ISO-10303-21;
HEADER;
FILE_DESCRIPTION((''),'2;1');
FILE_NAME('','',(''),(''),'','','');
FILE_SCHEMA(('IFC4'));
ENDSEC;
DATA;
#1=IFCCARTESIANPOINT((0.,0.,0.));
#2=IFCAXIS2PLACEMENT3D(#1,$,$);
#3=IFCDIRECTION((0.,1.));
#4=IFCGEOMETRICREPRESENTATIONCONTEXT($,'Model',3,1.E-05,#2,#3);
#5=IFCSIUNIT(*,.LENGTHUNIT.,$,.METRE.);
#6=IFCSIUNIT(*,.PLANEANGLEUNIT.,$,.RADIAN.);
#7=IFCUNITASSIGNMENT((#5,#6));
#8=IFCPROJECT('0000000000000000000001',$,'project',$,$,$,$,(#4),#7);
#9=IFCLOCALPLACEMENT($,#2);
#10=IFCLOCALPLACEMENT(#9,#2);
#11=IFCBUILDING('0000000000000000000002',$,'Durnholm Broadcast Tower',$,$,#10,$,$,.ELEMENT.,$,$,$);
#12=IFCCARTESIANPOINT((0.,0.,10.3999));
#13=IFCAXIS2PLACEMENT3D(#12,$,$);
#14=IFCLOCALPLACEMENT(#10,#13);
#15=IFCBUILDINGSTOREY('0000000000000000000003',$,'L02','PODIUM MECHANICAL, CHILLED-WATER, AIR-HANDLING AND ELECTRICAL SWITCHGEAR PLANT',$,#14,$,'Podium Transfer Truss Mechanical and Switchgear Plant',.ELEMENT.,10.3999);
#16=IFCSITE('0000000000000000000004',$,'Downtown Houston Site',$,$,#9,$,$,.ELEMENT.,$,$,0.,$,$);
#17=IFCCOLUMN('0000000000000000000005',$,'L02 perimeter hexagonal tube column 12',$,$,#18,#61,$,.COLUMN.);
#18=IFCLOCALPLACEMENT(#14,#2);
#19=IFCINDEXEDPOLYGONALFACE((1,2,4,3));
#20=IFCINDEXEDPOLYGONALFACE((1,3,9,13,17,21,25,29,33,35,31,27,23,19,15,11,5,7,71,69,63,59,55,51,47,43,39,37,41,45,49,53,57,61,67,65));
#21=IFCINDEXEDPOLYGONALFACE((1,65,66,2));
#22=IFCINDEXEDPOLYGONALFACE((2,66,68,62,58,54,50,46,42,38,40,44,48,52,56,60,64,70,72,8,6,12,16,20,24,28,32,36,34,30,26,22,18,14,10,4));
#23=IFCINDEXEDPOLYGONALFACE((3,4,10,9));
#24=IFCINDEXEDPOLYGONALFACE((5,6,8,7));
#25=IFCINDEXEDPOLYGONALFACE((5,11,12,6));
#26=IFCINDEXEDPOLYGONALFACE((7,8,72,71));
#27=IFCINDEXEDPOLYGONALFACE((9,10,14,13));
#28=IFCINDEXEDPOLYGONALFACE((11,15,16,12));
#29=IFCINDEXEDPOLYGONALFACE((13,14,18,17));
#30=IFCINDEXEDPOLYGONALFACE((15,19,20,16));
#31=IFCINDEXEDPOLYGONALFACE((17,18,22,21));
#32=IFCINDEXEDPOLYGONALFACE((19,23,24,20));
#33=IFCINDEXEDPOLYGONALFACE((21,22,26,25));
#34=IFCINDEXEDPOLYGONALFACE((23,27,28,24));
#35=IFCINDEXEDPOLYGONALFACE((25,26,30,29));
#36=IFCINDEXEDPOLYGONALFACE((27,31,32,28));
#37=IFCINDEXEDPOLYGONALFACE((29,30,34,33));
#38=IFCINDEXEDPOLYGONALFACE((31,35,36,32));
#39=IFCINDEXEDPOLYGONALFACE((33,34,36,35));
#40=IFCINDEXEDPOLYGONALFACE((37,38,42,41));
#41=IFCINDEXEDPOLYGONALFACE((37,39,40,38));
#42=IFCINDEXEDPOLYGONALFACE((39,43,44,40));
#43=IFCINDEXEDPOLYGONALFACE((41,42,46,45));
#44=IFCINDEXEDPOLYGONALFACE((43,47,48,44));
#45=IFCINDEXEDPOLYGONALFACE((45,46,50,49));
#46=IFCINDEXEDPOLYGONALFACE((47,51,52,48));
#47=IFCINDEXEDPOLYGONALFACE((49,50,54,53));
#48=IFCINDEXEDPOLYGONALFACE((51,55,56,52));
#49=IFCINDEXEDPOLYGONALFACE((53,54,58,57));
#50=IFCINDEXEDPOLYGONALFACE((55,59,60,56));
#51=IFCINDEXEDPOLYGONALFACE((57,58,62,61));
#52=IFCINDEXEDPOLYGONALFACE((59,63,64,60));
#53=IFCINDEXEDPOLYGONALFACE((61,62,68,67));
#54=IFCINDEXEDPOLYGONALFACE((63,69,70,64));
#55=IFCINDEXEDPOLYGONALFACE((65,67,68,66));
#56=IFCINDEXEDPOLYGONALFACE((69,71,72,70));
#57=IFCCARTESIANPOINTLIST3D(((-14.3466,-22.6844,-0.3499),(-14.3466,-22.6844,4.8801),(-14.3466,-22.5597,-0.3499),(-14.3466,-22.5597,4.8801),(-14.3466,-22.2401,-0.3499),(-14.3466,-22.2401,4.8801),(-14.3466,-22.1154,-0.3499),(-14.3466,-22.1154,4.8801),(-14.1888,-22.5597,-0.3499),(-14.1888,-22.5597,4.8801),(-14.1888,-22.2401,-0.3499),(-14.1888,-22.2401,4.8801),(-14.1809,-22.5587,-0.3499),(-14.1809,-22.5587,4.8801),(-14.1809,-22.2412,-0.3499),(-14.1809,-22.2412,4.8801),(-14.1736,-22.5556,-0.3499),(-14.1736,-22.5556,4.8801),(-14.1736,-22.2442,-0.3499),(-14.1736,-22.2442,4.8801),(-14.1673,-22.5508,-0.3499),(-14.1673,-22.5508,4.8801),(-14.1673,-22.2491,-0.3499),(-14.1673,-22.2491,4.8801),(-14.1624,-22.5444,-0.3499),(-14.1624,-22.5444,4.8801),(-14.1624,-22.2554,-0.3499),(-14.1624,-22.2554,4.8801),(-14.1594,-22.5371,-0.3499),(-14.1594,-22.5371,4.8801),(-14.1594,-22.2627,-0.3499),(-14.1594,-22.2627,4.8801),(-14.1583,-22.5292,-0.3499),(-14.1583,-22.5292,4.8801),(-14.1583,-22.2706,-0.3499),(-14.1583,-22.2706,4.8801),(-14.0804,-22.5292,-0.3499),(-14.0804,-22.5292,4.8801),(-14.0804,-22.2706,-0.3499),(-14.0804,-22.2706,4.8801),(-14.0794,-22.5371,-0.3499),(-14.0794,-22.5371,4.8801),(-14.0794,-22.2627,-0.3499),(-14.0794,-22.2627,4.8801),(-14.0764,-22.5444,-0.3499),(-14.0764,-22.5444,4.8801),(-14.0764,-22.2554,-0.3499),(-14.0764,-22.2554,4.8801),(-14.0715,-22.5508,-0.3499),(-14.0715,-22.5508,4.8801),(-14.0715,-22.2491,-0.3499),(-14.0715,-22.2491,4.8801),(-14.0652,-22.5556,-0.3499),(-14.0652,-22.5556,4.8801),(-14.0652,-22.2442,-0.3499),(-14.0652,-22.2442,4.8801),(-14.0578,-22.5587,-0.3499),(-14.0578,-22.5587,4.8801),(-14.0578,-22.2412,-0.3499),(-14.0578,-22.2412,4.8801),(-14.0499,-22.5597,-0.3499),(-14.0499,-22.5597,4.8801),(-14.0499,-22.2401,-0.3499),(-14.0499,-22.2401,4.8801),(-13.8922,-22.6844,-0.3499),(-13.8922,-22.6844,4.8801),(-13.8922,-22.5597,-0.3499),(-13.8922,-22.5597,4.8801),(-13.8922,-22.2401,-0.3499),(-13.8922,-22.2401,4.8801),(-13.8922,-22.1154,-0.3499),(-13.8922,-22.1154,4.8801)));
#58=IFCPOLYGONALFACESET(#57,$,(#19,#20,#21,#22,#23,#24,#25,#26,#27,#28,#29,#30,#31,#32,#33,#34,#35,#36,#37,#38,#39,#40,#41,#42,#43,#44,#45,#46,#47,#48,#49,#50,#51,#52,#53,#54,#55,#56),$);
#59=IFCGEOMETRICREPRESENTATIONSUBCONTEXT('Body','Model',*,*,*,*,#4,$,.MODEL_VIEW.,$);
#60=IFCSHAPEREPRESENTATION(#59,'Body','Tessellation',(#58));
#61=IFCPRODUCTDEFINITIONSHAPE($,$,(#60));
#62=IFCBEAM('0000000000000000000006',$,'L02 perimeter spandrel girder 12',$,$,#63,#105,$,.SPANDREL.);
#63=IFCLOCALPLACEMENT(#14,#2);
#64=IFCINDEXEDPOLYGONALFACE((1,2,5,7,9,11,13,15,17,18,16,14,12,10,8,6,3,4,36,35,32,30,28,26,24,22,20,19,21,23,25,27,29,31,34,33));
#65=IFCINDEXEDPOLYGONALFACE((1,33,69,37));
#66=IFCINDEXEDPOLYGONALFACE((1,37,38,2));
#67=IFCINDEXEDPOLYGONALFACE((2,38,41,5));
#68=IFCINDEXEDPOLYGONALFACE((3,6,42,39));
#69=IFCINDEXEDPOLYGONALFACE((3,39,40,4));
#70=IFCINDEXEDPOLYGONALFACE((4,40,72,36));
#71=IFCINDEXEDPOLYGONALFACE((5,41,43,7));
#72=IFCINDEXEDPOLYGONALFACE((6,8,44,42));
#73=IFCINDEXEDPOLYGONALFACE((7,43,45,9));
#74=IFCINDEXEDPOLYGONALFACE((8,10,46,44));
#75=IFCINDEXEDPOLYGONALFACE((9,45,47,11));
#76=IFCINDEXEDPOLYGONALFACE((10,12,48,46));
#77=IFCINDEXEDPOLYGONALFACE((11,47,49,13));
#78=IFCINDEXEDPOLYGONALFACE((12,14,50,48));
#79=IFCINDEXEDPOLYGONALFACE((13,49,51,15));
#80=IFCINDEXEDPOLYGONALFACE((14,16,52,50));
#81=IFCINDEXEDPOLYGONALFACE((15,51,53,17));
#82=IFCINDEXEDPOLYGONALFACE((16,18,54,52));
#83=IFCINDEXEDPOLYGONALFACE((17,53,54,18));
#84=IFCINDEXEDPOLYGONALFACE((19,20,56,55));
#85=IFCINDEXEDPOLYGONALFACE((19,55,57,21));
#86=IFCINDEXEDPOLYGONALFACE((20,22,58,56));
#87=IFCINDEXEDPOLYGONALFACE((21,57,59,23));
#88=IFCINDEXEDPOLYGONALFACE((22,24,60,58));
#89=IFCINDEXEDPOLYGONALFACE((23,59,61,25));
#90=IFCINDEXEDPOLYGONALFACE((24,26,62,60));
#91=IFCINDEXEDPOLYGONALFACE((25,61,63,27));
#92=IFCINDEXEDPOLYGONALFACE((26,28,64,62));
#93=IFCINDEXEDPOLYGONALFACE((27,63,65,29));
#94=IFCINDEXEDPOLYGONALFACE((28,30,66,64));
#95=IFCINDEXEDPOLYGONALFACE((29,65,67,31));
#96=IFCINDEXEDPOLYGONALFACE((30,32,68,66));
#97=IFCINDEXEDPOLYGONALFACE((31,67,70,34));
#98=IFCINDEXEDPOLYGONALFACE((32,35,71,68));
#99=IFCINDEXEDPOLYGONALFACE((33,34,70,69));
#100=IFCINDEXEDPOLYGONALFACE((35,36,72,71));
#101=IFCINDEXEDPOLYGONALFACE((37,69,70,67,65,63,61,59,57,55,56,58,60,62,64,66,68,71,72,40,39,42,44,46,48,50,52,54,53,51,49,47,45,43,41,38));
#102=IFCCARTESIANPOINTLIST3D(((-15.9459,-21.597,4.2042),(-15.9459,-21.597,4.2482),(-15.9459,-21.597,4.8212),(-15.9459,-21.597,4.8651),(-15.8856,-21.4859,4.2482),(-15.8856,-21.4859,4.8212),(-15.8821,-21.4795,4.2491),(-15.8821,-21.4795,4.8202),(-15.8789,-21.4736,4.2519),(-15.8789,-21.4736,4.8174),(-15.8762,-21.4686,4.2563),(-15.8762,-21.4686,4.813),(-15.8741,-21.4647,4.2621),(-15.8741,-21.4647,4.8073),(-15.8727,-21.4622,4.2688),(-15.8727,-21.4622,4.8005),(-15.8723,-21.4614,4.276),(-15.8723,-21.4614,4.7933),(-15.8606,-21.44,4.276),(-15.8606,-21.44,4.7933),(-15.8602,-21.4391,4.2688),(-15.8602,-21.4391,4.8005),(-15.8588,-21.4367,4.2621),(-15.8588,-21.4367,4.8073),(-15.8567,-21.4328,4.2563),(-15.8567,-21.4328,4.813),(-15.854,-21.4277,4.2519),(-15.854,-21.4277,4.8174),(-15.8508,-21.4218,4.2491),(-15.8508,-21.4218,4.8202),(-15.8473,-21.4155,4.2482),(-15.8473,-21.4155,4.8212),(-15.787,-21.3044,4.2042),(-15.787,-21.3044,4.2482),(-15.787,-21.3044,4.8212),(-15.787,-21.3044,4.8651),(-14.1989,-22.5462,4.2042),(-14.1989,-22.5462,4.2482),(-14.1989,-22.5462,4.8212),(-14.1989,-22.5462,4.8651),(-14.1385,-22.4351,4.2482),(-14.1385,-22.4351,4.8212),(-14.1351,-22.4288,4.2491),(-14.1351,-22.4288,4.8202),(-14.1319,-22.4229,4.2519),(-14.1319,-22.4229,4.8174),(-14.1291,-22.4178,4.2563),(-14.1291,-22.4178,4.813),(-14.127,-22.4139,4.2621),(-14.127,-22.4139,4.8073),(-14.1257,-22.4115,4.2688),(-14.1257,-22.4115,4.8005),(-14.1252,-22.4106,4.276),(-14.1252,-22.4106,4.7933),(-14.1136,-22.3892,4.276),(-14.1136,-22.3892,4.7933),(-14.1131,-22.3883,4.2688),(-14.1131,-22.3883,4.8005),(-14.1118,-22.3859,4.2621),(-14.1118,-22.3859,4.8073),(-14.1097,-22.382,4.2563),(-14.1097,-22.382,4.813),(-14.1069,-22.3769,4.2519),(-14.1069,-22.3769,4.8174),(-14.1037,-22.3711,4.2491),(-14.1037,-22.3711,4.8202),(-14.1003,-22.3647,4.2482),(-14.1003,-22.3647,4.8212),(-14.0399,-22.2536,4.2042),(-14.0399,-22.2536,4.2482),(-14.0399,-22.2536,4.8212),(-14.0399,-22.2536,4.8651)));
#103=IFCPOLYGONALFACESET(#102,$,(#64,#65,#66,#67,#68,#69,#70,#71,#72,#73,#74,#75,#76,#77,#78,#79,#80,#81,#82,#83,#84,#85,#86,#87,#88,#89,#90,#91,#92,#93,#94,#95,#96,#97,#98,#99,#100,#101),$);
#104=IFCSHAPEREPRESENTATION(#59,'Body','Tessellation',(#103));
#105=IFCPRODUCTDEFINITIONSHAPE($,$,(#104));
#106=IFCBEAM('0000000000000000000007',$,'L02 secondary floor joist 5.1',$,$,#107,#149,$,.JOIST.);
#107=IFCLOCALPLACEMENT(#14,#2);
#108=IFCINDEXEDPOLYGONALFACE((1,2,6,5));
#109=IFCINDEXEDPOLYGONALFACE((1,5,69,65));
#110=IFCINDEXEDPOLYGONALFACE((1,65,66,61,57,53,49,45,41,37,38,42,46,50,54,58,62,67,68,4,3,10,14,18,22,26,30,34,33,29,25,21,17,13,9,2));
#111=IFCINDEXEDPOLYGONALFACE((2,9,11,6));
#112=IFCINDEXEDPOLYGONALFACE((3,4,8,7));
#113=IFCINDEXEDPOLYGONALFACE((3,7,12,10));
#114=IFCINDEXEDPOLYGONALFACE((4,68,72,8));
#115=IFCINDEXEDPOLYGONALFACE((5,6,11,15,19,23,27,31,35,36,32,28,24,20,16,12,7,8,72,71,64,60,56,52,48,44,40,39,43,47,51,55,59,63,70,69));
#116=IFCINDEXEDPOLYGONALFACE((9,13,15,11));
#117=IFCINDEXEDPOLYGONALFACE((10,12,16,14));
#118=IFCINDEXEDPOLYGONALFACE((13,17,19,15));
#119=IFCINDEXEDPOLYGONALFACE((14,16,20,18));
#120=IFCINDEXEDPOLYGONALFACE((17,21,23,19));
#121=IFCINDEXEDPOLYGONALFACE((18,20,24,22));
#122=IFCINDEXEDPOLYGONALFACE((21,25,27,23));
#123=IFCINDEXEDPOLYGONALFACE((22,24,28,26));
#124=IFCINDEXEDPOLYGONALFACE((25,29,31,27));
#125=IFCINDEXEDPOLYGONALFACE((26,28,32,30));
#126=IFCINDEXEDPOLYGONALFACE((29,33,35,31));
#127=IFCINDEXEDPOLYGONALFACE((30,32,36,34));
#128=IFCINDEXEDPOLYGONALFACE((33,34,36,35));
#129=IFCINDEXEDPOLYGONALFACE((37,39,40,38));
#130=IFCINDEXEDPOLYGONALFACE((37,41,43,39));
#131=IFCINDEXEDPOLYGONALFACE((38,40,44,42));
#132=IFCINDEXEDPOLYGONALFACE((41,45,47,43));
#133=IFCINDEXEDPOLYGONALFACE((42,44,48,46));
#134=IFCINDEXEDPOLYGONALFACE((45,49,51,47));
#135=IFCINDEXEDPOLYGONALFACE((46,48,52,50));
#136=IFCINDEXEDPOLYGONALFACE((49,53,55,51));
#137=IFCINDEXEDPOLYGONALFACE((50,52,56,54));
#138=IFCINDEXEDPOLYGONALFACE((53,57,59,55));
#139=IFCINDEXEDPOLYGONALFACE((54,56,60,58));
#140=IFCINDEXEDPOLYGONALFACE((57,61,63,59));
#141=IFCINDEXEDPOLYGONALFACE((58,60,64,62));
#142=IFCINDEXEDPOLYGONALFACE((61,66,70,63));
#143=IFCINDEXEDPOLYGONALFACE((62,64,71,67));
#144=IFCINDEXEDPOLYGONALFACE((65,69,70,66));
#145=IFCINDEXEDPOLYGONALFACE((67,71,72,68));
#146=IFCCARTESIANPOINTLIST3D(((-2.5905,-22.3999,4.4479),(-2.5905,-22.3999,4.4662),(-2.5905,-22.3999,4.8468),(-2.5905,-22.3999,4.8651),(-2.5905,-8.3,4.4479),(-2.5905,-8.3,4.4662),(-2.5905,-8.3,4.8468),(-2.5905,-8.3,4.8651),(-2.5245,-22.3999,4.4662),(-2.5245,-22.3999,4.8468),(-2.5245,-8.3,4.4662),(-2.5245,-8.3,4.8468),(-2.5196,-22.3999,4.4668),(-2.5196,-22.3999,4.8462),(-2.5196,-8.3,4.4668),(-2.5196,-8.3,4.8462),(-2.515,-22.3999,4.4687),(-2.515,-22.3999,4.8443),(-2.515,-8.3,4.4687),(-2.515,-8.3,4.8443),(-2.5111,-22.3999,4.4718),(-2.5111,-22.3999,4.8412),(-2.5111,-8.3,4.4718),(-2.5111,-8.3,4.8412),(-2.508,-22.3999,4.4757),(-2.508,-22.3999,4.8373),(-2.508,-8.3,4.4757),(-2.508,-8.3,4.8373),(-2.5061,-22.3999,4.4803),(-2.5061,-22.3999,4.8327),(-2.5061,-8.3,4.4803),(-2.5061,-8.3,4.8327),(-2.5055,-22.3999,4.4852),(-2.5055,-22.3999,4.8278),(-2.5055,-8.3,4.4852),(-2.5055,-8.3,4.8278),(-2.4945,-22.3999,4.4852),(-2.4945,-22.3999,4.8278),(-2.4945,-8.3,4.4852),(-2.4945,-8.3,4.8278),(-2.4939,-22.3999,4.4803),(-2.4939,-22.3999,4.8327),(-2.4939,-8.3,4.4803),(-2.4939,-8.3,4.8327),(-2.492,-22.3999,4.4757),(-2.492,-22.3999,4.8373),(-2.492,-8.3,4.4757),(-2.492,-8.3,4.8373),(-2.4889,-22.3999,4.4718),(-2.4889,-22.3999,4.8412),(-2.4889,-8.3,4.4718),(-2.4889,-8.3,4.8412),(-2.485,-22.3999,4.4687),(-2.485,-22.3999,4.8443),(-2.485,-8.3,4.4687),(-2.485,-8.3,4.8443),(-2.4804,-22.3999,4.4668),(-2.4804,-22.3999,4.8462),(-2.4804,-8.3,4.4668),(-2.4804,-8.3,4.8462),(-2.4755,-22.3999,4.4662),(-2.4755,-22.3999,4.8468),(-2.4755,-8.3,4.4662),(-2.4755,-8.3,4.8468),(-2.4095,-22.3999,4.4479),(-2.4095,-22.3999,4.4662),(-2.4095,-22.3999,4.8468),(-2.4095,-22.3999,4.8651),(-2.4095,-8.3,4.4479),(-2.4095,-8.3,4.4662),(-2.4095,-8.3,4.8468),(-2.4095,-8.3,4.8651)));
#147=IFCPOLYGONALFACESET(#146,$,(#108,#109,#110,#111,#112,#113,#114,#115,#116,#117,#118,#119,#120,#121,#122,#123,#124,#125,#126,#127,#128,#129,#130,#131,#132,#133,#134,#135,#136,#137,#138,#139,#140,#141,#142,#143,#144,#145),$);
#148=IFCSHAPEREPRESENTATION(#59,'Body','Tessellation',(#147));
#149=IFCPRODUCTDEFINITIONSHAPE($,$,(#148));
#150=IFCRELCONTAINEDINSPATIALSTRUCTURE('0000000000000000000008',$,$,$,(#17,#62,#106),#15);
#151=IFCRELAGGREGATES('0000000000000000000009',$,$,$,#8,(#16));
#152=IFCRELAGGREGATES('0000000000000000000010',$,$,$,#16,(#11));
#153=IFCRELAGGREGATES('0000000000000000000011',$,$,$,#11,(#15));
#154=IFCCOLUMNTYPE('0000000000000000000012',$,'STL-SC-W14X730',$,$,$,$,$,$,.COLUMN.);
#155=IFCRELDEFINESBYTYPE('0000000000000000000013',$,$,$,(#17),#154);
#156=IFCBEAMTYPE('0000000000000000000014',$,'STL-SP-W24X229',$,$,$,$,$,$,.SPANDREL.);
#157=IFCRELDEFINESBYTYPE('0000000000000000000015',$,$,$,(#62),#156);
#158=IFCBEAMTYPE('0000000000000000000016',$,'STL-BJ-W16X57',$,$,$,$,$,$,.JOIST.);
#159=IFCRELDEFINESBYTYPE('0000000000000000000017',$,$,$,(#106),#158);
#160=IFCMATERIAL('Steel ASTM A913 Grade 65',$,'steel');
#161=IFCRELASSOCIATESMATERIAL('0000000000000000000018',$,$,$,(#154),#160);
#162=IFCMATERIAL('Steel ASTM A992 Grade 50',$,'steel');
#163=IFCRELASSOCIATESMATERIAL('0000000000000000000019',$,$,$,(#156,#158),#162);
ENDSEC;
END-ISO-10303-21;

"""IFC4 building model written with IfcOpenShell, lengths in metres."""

from ifc_helpers import new_model, si_unit, direction, frame, origin, origin_2d, place, context, subcontext, project, spatial, i_section, extrude, source, transform, mapped, material, material_profile, profile_set, type_object, type_shapes, element, save


model = new_model("IFC4")

# Units and contexts
model_context = context("Model", 3, precision=1e-05, world=origin(), true_north=direction((0.0, 1.0)))
body_context = subcontext(model_context, "Body", "Model", "MODEL_VIEW")
ifc_project = project(units=[si_unit("LENGTHUNIT", "METRE"), si_unit("PLANEANGLEUNIT", "RADIAN")], contexts=[model_context])

# Site, building, storey
site_placement = place(None, origin())
site = spatial("IfcSite", under=ifc_project, at=site_placement, Name="Downtown Houston Site", CompositionType="ELEMENT", RefElevation=0.0)
building_placement = place(site_placement, origin())
building = spatial("IfcBuilding", under=site, at=building_placement, Name="Durnholm Broadcast Tower", CompositionType="ELEMENT")
storey_placement = place(building_placement, frame((0.0, 0.0, 10.3999)))
storey = spatial("IfcBuildingStorey", under=building, at=storey_placement, Name="L02", Description="PODIUM MECHANICAL, CHILLED-WATER, AIR-HANDLING AND ELECTRICAL SWITCHGEAR PLANT", LongName="Podium Transfer Truss Mechanical and Switchgear Plant", CompositionType="ELEMENT", Elevation=10.3999)

# Column
ifc_material_1 = material(Name="Steel ASTM A913 Grade 65", Category="steel")
ifc_material_profile_1 = material_profile(ifc_material_1, i_section(OverallWidth=0.4543, OverallDepth=0.5691, WebThickness=0.0779, FlangeThickness=0.1248, FilletRadius=0.0305, at=origin_2d()), Name="W14X730")
ifc_profile_set_1 = profile_set([ifc_material_profile_1], Name="Steel ASTM A913 Grade 65")
column_type = type_object("IfcColumnType", Name="STL-SC-W14X730", PredefinedType="COLUMN", material=ifc_profile_set_1)
shared_shape_1 = source(origin(), body_context, "Body", "SweptSolid", [
    extrude(i_section(OverallWidth=0.4543, OverallDepth=0.5691, WebThickness=0.0779, FlangeThickness=0.1248, FilletRadius=0.0305, at=origin_2d()), origin(), (0.0, 0.0, 1.0), 5.23),
])
type_shapes(column_type, [shared_shape_1])
column_placement = place(storey_placement, frame((-14.1194, -22.3999, -0.3499), z_axis=(0.0, 0.0, 1.0), x_axis=(1.0, 0.0, 0.0)))
element("IfcColumn", 1, at=column_placement, inside=storey, type_object=column_type, Name="L02 perimeter hexagonal tube column 12", PredefinedType="COLUMN", context=body_context, shape_type="MappedRepresentation", body=[
    mapped(shared_shape_1, transform((0.0, 0.0, 0.0), x_axis=(1.0, 0.0, 0.0), y_axis=(0.0, 1.0, 0.0), z_axis=(0.0, 0.0, 1.0), scale=1.0)),
])

# Beams
ifc_material_2 = material(Name="Steel ASTM A992 Grade 50", Category="steel")
ifc_material_profile_2 = material_profile(ifc_material_2, i_section(OverallWidth=0.333, OverallDepth=0.6609, WebThickness=0.0244, FlangeThickness=0.0439, FilletRadius=0.0278, at=origin_2d()), Name="W24X229")
ifc_profile_set_2 = profile_set([ifc_material_profile_2], Name="Steel ASTM A992 Grade 50")
beam_type_1 = type_object("IfcBeamType", Name="STL-SP-W24X229", PredefinedType="SPANDREL", material=ifc_profile_set_2)
shared_shape_2 = source(origin(), body_context, "Body", "SweptSolid", [
    extrude(i_section(OverallWidth=0.333, OverallDepth=0.6609, WebThickness=0.0244, FlangeThickness=0.0439, FilletRadius=0.0278, at=origin_2d()), origin(), (0.0, 0.0, 1.0), 1.9883),
])
type_shapes(beam_type_1, [shared_shape_2])
beam_1_placement = place(storey_placement, frame((-14.1194, -22.3999, 4.5347), z_axis=(-0.878683, 0.477406, 0.0), x_axis=(-0.477406, -0.878683, 0.0)))
element("IfcBeam", 2, at=beam_1_placement, inside=storey, type_object=beam_type_1, Name="L02 perimeter spandrel girder 12", PredefinedType="SPANDREL", context=body_context, shape_type="MappedRepresentation", body=[
    mapped(shared_shape_2, transform((0.0, 0.0, 0.0), x_axis=(1.0, 0.0, 0.0), y_axis=(0.0, 1.0, 0.0), z_axis=(0.0, 0.0, 1.0), scale=1.0)),
])
ifc_material_profile_3 = material_profile(ifc_material_2, i_section(OverallWidth=0.1809, OverallDepth=0.4172, WebThickness=0.011, FlangeThickness=0.0183, FilletRadius=0.019, at=origin_2d()), Name="W16X57")
ifc_profile_set_3 = profile_set([ifc_material_profile_3], Name="Steel ASTM A992 Grade 50")
beam_type_2 = type_object("IfcBeamType", Name="STL-BJ-W16X57", PredefinedType="JOIST", material=ifc_profile_set_3)
shared_shape_3 = source(origin(), body_context, "Body", "SweptSolid", [
    extrude(i_section(OverallWidth=0.1809, OverallDepth=0.4172, WebThickness=0.011, FlangeThickness=0.0183, FilletRadius=0.019, at=origin_2d()), origin(), (0.0, 0.0, 1.0), 14.0999),
])
type_shapes(beam_type_2, [shared_shape_3])
beam_2_placement = place(storey_placement, frame((-2.5, -22.3999, 4.6565), z_axis=(0.0, 1.0, 0.0), x_axis=(-1.0, 0.0, 0.0)))
element("IfcBeam", 3, at=beam_2_placement, inside=storey, type_object=beam_type_2, Name="L02 secondary floor joist 5.1", PredefinedType="JOIST", context=body_context, shape_type="MappedRepresentation", body=[
    mapped(shared_shape_3, transform((0.0, 0.0, 0.0), x_axis=(1.0, 0.0, 0.0), y_axis=(0.0, 1.0, 0.0), z_axis=(0.0, 0.0, 1.0), scale=1.0)),
])

save(model, "model.ifc")
